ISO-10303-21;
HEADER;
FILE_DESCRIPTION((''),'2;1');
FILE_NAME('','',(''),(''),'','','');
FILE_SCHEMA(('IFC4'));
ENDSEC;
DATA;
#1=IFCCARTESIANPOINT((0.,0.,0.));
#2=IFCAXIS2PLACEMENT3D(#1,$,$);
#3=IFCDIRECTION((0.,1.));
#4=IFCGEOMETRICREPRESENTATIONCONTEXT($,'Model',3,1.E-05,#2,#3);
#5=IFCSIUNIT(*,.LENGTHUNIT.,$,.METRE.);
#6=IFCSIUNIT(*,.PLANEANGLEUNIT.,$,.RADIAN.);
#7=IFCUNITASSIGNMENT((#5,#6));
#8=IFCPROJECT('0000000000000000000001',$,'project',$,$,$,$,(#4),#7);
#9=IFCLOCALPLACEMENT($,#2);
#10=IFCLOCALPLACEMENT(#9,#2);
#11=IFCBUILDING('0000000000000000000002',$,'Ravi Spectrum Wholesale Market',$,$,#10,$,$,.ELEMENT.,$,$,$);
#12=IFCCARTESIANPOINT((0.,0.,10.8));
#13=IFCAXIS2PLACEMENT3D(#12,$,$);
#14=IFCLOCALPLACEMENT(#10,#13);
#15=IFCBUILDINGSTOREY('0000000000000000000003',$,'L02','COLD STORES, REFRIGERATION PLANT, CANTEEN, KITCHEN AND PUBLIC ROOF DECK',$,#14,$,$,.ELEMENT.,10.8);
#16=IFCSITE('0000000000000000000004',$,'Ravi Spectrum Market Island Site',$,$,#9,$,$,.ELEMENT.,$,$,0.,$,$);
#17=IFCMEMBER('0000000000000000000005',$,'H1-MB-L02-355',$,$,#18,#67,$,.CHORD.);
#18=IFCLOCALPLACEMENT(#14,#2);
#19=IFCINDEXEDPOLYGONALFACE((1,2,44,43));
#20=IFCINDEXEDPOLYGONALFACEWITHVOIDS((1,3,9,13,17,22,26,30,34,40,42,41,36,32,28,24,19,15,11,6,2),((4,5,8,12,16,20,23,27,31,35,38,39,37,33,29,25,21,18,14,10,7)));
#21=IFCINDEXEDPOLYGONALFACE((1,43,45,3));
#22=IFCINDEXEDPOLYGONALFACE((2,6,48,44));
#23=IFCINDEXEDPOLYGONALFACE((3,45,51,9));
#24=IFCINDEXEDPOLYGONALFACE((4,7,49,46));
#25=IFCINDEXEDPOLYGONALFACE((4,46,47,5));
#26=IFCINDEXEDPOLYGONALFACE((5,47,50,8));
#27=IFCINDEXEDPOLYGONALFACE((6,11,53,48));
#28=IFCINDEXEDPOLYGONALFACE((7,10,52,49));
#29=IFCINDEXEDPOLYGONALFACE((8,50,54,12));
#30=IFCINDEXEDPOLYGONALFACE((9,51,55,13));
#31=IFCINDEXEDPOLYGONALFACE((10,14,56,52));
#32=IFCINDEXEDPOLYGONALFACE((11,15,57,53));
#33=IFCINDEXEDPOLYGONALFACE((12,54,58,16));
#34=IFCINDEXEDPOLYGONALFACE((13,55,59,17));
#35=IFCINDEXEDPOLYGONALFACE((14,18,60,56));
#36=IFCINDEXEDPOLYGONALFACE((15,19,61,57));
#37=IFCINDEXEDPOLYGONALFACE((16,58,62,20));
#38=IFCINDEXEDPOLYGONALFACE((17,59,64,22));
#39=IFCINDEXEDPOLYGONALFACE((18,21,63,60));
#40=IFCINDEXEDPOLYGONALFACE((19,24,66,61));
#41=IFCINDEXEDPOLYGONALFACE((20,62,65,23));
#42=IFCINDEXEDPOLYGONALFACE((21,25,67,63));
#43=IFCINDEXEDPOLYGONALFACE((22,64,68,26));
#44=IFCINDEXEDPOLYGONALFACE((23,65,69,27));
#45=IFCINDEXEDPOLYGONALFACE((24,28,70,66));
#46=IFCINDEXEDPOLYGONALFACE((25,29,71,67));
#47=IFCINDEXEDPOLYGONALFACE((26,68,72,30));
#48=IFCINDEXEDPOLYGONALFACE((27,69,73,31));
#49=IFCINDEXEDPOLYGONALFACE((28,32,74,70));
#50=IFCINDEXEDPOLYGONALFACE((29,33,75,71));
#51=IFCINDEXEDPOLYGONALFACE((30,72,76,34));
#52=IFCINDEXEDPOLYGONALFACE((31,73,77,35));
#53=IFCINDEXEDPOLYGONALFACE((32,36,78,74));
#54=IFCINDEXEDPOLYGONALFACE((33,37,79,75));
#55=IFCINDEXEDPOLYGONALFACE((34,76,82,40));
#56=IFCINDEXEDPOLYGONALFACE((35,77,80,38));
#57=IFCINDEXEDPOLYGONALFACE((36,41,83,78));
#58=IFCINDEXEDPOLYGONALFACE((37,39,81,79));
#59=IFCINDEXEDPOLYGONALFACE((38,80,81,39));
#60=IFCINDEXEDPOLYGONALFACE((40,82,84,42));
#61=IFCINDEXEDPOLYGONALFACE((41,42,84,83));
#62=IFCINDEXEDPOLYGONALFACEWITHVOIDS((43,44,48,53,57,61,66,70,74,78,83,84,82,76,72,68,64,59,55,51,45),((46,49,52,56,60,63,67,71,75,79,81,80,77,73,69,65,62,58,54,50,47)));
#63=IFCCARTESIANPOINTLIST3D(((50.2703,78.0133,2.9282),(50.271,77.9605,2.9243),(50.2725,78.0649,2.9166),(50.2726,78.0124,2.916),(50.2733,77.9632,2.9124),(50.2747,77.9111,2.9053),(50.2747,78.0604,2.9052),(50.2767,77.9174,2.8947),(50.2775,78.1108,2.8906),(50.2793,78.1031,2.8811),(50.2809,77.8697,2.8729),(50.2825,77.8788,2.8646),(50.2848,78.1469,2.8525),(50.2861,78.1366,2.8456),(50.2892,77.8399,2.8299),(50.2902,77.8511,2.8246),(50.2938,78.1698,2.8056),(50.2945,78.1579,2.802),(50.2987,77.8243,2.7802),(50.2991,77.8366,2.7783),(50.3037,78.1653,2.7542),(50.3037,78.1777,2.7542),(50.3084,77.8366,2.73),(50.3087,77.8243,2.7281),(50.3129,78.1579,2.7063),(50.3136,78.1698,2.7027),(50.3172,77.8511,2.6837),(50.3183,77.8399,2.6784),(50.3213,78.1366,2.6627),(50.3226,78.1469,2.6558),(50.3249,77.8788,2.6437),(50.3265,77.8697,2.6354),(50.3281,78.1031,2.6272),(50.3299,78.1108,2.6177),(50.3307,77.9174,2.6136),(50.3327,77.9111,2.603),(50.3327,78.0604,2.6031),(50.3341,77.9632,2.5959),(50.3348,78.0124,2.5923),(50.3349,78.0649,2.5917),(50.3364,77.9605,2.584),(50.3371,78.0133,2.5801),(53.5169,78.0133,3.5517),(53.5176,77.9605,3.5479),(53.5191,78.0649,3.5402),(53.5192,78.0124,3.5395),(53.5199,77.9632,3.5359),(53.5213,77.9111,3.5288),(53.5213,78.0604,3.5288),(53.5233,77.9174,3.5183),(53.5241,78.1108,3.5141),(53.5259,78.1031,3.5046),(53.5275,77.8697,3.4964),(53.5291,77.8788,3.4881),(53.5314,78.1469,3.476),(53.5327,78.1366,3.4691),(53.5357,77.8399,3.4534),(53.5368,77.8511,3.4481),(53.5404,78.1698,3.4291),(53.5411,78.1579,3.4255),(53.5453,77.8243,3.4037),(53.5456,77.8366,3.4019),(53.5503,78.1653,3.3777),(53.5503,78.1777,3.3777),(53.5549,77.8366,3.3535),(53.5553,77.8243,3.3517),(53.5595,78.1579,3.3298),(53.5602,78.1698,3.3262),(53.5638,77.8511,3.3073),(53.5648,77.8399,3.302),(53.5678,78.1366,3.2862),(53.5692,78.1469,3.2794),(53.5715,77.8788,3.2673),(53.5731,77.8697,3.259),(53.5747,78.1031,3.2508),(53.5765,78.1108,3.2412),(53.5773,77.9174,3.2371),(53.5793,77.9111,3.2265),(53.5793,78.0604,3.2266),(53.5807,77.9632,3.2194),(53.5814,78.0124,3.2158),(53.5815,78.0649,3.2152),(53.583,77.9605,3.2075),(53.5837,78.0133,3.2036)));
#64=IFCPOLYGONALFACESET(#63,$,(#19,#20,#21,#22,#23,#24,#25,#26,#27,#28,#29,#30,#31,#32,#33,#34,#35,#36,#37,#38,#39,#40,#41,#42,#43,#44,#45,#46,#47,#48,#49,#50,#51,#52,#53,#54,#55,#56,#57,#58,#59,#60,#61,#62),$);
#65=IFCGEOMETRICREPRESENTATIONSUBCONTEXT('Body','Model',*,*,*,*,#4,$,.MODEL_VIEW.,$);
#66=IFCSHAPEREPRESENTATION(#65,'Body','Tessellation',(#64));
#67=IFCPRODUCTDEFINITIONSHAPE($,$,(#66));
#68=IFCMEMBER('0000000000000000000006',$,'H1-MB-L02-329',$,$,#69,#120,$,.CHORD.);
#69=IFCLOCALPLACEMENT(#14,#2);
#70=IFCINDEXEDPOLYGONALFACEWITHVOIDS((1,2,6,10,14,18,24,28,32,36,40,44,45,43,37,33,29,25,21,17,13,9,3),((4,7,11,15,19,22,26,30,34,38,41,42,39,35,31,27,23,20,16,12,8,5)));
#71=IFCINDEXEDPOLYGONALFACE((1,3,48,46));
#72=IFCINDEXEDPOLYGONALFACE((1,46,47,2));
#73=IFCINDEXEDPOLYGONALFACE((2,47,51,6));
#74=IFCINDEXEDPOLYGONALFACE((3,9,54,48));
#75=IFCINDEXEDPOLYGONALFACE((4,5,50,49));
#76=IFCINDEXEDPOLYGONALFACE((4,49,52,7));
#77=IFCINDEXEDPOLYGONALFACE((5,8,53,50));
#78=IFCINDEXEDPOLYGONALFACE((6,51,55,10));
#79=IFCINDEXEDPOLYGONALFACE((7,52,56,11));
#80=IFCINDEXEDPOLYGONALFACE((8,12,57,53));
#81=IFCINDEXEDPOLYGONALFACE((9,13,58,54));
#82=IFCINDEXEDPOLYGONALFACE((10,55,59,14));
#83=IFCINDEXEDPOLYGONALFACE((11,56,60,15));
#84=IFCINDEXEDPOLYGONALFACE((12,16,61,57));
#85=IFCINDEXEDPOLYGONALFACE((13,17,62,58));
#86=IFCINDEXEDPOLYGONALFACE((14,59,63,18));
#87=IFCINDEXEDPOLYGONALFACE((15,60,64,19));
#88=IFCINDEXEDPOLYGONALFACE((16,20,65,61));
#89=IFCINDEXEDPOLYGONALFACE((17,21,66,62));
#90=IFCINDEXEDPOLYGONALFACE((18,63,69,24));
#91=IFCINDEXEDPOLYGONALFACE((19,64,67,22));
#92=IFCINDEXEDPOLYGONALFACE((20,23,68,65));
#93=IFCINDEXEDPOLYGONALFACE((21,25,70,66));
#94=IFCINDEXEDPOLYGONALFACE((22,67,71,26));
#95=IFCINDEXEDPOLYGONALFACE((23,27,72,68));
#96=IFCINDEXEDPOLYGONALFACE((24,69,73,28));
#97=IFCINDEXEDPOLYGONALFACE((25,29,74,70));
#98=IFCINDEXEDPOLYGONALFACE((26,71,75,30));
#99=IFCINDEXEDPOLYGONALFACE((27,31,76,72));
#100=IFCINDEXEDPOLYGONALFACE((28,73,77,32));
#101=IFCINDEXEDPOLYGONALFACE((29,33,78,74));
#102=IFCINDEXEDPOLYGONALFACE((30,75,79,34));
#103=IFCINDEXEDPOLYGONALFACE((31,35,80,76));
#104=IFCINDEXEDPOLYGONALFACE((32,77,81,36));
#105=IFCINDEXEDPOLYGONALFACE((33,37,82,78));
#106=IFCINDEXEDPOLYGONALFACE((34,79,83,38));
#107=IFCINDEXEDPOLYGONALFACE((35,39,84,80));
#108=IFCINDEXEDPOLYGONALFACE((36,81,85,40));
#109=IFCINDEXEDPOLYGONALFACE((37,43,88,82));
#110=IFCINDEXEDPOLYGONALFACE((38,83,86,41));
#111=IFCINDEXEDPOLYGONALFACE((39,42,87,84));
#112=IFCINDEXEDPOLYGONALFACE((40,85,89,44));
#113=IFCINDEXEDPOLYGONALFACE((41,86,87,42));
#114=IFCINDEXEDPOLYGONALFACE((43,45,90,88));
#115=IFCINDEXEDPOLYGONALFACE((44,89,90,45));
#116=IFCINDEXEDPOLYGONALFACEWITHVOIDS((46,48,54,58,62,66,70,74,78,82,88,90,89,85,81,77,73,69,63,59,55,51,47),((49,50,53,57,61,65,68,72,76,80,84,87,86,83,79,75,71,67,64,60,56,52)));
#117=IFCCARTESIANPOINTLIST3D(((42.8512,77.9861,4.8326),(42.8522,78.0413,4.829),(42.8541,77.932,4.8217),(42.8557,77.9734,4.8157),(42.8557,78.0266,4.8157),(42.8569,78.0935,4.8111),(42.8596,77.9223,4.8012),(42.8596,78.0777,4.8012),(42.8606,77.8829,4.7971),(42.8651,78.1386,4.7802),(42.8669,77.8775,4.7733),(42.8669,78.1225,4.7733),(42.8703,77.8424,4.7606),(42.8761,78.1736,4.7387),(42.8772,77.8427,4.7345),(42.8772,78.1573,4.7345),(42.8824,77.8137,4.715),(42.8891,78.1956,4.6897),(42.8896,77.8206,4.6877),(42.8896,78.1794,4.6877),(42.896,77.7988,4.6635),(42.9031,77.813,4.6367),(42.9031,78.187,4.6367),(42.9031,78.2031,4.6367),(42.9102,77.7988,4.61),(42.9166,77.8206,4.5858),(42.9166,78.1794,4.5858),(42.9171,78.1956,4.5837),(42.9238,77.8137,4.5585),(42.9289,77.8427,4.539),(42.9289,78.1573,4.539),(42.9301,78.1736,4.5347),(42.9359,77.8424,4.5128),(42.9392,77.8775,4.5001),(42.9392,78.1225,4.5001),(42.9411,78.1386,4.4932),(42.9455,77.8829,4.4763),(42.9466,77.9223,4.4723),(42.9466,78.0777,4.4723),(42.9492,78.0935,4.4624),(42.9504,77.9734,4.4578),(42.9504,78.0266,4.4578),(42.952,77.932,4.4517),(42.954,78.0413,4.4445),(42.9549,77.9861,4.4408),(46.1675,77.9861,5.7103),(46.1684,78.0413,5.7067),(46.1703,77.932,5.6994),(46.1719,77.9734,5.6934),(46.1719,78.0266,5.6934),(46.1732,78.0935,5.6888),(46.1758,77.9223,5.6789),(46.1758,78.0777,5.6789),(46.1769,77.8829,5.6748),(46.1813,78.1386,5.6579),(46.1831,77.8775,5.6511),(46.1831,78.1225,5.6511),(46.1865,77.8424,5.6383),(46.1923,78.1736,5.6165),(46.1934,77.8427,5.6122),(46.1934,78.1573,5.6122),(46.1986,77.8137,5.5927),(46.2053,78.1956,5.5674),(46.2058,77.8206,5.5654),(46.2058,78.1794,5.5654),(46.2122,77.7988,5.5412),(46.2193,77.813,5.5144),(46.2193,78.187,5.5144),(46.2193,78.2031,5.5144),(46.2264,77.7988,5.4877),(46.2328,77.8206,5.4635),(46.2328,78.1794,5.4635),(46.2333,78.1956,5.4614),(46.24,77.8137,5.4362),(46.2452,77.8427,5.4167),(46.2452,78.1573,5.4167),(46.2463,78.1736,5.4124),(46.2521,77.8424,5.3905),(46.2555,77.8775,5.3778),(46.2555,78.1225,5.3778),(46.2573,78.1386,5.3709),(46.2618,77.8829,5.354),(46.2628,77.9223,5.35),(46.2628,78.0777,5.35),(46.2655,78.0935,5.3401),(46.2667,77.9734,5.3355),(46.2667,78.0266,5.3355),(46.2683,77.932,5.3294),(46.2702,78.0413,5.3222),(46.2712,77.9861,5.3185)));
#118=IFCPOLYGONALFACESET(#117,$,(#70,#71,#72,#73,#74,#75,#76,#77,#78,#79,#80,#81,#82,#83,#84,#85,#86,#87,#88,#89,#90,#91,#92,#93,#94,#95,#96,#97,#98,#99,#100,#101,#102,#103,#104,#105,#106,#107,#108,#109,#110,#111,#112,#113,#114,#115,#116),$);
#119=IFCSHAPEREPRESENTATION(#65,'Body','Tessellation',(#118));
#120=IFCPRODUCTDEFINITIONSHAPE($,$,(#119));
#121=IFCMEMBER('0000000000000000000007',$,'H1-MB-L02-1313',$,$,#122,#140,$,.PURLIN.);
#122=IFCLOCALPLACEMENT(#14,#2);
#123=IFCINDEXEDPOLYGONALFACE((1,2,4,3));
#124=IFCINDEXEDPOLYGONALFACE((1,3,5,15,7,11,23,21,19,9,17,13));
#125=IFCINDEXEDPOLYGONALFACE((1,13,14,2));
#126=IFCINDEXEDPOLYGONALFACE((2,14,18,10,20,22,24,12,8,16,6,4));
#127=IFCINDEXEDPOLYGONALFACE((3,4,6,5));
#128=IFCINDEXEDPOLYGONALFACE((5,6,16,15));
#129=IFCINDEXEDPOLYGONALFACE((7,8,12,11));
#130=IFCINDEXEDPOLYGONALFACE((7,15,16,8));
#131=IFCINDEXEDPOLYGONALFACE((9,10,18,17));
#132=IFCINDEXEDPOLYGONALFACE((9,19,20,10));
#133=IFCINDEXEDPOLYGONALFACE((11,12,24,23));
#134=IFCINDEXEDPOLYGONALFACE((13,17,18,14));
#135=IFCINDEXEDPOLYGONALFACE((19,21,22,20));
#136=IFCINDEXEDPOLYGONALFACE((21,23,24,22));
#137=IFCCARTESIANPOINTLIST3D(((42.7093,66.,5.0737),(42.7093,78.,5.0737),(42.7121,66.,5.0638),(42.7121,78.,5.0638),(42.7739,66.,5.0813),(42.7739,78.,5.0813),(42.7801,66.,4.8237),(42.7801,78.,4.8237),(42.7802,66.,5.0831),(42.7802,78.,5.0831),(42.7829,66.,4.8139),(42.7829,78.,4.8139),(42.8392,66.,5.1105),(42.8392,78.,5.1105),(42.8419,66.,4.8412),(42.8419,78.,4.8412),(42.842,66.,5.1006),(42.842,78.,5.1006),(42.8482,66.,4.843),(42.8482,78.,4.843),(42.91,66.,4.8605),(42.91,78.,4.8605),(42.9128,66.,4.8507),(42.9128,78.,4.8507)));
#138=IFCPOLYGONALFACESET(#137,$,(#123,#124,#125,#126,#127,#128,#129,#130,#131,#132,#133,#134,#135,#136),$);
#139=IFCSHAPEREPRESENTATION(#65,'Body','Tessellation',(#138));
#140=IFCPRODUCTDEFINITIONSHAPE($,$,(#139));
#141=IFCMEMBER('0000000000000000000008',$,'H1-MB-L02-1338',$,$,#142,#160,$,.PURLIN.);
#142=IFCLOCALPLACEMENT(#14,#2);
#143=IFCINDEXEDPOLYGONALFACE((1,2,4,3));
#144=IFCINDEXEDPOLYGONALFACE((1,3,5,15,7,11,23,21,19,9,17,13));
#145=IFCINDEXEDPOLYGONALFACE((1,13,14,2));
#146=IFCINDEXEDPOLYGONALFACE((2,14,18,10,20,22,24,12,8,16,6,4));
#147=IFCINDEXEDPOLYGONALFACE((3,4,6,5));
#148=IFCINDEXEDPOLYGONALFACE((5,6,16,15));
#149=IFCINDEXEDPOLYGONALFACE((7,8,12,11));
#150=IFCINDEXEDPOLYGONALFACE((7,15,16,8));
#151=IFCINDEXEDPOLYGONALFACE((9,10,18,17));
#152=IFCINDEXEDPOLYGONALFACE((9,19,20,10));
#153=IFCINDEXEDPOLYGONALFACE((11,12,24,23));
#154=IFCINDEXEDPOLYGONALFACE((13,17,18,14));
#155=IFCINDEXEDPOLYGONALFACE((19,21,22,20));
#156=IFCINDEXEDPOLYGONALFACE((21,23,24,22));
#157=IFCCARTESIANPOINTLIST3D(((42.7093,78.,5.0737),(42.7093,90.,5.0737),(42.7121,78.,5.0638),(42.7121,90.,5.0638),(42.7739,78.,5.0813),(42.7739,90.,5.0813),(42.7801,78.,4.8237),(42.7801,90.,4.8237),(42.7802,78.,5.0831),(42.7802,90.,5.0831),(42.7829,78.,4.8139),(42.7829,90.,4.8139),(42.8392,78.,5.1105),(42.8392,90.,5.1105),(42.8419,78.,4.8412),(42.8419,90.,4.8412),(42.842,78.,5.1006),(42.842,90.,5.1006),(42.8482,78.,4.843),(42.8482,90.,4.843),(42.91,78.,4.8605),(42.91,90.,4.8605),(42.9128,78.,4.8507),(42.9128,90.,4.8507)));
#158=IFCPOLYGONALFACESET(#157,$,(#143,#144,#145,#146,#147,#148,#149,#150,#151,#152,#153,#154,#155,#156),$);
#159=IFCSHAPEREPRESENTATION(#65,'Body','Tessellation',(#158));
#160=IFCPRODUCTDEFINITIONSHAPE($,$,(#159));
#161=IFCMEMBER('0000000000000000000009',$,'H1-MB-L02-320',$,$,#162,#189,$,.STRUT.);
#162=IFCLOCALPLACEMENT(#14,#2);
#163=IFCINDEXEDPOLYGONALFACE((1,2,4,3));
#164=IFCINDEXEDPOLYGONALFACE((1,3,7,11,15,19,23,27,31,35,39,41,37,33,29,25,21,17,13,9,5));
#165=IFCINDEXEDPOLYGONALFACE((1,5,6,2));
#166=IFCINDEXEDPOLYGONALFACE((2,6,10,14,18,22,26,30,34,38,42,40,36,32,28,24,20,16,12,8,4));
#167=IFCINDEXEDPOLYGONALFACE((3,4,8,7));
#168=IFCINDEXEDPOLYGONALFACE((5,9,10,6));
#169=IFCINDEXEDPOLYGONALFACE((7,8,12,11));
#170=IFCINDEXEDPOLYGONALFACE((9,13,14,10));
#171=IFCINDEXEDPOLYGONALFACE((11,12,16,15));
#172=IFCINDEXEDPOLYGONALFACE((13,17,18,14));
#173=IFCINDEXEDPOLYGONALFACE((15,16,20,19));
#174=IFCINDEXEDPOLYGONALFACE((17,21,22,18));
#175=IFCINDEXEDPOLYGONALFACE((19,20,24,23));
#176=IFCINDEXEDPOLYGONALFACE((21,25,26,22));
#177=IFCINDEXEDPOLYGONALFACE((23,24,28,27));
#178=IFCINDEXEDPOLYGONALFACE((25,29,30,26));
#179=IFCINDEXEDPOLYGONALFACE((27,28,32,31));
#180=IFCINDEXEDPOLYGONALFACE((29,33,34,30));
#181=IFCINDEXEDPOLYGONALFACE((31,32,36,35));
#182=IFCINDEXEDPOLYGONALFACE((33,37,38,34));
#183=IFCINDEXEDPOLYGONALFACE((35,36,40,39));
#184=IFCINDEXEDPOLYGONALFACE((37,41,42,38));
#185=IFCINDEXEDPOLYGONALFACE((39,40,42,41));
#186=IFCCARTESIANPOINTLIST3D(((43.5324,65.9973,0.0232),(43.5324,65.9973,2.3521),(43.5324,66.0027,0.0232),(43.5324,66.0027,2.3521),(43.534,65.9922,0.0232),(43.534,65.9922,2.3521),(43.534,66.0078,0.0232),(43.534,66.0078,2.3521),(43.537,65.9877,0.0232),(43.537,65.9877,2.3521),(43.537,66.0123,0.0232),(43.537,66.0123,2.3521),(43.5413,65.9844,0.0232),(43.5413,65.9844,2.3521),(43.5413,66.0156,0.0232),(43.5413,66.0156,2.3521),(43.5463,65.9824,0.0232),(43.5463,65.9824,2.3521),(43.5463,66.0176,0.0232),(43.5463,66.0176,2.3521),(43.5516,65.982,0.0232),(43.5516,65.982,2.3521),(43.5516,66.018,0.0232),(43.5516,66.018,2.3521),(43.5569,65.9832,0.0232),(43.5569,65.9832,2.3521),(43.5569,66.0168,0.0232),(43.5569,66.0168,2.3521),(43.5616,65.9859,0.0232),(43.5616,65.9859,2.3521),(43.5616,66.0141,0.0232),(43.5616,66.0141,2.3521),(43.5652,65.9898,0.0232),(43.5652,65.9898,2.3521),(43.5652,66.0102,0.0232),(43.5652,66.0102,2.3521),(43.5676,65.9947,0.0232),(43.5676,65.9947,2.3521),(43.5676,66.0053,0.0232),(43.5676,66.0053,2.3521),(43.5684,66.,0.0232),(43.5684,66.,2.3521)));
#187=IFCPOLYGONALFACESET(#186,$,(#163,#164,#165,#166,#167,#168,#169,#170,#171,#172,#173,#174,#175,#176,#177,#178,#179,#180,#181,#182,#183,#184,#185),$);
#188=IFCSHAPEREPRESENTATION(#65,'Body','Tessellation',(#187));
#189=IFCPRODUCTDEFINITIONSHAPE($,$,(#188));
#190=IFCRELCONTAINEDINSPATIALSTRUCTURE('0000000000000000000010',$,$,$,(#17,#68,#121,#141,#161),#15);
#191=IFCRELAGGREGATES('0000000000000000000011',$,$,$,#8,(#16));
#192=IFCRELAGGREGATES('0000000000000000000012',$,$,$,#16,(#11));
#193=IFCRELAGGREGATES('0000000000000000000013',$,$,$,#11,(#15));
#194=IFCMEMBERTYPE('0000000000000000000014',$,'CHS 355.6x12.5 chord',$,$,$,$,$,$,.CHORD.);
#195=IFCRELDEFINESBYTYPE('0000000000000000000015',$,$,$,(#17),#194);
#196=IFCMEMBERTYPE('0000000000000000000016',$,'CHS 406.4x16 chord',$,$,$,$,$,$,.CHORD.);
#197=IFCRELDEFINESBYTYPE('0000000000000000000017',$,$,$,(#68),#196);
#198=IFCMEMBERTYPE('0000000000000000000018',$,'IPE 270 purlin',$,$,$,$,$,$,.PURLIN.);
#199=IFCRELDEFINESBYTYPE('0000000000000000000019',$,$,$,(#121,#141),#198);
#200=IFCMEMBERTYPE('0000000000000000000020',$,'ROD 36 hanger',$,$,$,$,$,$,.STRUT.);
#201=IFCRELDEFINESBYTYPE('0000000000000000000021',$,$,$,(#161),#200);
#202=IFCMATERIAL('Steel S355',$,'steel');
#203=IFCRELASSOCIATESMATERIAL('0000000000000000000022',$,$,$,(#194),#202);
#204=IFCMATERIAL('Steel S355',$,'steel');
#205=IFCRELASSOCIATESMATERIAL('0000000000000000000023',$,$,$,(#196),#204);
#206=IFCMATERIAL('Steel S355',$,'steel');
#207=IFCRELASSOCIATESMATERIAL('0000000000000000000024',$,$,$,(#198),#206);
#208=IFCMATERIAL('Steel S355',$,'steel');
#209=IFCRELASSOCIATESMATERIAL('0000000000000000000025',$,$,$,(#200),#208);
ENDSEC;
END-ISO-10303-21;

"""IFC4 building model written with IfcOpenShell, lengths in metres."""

from ifc_helpers import new_model, si_unit, direction, frame, origin, origin_2d, place, context, subcontext, project, spatial, circle, hollow_circle, i_section, extrude, material, material_profile, profile_set, type_object, element, save


model = new_model("IFC4")

# Units and contexts
model_context = context("Model", 3, precision=1e-05, world=origin(), true_north=direction((0.0, 1.0)))
body_context = subcontext(model_context, "Body", "Model", "MODEL_VIEW")
ifc_project = project(units=[si_unit("LENGTHUNIT", "METRE"), si_unit("PLANEANGLEUNIT", "RADIAN")], contexts=[model_context])

# Site, building, storey
site_placement = place(None, origin())
site = spatial("IfcSite", under=ifc_project, at=site_placement, Name="Ravi Spectrum Market Island Site", CompositionType="ELEMENT", RefElevation=0.0)
building_placement = place(site_placement, origin())
building = spatial("IfcBuilding", under=site, at=building_placement, Name="Ravi Spectrum Wholesale Market", CompositionType="ELEMENT")
storey_placement = place(building_placement, frame((0.0, 0.0, 10.8)))
storey = spatial("IfcBuildingStorey", under=building, at=storey_placement, Name="L02", Description="COLD STORES, REFRIGERATION PLANT, CANTEEN, KITCHEN AND PUBLIC ROOF DECK", CompositionType="ELEMENT", Elevation=10.8)

# Members
ifc_material_1 = material(Name="Steel S355", Category="steel")
ifc_material_profile_1 = material_profile(ifc_material_1, hollow_circle(Radius=0.1777, WallThickness=0.0125, at=origin_2d()))
ifc_profile_set_1 = profile_set([ifc_material_profile_1], Name="Steel S355")
member_type_1 = type_object("IfcMemberType", Name="CHS 355.6x12.5 chord", PredefinedType="CHORD", material=ifc_profile_set_1)
member_1_placement = place(storey_placement, frame((50.3037, 78.0, 2.7542), z_axis=(0.982052, 0.0, 0.188612), x_axis=(0.0, 1.0, 0.0)))
element("IfcMember", 1, at=member_1_placement, inside=storey, type_object=member_type_1, Name="H1-MB-L02-355", PredefinedType="CHORD", context=body_context, shape_type="SweptSolid", body=[
    extrude(hollow_circle(Radius=0.1777, WallThickness=0.0125, at=origin_2d()), origin(), (0.0, 0.0, 1.0), 3.3059),
])
ifc_material_2 = material(Name="Steel S355", Category="steel")
ifc_material_profile_2 = material_profile(ifc_material_2, hollow_circle(Radius=0.2031, WallThickness=0.0161, at=origin_2d()))
ifc_profile_set_2 = profile_set([ifc_material_profile_2], Name="Steel S355")
member_type_2 = type_object("IfcMemberType", Name="CHS 406.4x16 chord", PredefinedType="CHORD", material=ifc_profile_set_2)
member_2_placement = place(storey_placement, frame((42.9031, 78.0, 4.6367), z_axis=(0.966714, 0.0, 0.255859), x_axis=(0.0, 1.0, 0.0)))
element("IfcMember", 2, at=member_2_placement, inside=storey, type_object=member_type_2, Name="H1-MB-L02-329", PredefinedType="CHORD", context=body_context, shape_type="SweptSolid", body=[
    extrude(hollow_circle(Radius=0.2031, WallThickness=0.0161, at=origin_2d()), origin(), (0.0, 0.0, 1.0), 3.4304),
])
ifc_material_3 = material(Name="Steel S355", Category="steel")
ifc_material_profile_3 = material_profile(ifc_material_3, i_section(OverallWidth=0.135, OverallDepth=0.27, WebThickness=0.0066, FlangeThickness=0.0103, at=origin_2d()))
ifc_profile_set_3 = profile_set([ifc_material_profile_3], Name="Steel S355")
member_type_3 = type_object("IfcMemberType", Name="IPE 270 purlin", PredefinedType="PURLIN", material=ifc_profile_set_3)
for number, where, z_axis, x_axis, name in (
    (3, (42.811, 66.0, 4.9622), (0.0, 1.0, 0.0), (-0.962156, 0.0, -0.272499), "H1-MB-L02-1313"),
    (4, (42.811, 78.0, 4.9622), (0.0, 1.0, 0.0), (-0.962156, 0.0, -0.272499), "H1-MB-L02-1338"),
):
    element("IfcMember", number, at=place(storey_placement, frame(where, z_axis=z_axis, x_axis=x_axis)), inside=storey, type_object=member_type_3, Name=name, PredefinedType="PURLIN", context=body_context, shape_type="SweptSolid", body=[
        extrude(i_section(OverallWidth=0.135, OverallDepth=0.27, WebThickness=0.0066, FlangeThickness=0.0103, at=origin_2d()), origin(), (0.0, 0.0, 1.0), 12.0),
    ])
ifc_material_4 = material(Name="Steel S355", Category="steel")
ifc_material_profile_4 = material_profile(ifc_material_4, circle(Radius=0.0181, at=origin_2d()))
ifc_profile_set_4 = profile_set([ifc_material_profile_4], Name="Steel S355")
member_type_4 = type_object("IfcMemberType", Name="ROD 36 hanger", PredefinedType="STRUT", material=ifc_profile_set_4)
member_3_placement = place(storey_placement, frame((43.5503, 66.0, 0.0232), z_axis=(0.0, 0.0, 1.0), x_axis=(1.0, 0.0, 0.0)))
element("IfcMember", 5, at=member_3_placement, inside=storey, type_object=member_type_4, Name="H1-MB-L02-320", PredefinedType="STRUT", context=body_context, shape_type="SweptSolid", body=[
    extrude(circle(Radius=0.0181, at=origin_2d()), origin(), (0.0, 0.0, 1.0), 2.3289),
])

save(model, "model.ifc")
